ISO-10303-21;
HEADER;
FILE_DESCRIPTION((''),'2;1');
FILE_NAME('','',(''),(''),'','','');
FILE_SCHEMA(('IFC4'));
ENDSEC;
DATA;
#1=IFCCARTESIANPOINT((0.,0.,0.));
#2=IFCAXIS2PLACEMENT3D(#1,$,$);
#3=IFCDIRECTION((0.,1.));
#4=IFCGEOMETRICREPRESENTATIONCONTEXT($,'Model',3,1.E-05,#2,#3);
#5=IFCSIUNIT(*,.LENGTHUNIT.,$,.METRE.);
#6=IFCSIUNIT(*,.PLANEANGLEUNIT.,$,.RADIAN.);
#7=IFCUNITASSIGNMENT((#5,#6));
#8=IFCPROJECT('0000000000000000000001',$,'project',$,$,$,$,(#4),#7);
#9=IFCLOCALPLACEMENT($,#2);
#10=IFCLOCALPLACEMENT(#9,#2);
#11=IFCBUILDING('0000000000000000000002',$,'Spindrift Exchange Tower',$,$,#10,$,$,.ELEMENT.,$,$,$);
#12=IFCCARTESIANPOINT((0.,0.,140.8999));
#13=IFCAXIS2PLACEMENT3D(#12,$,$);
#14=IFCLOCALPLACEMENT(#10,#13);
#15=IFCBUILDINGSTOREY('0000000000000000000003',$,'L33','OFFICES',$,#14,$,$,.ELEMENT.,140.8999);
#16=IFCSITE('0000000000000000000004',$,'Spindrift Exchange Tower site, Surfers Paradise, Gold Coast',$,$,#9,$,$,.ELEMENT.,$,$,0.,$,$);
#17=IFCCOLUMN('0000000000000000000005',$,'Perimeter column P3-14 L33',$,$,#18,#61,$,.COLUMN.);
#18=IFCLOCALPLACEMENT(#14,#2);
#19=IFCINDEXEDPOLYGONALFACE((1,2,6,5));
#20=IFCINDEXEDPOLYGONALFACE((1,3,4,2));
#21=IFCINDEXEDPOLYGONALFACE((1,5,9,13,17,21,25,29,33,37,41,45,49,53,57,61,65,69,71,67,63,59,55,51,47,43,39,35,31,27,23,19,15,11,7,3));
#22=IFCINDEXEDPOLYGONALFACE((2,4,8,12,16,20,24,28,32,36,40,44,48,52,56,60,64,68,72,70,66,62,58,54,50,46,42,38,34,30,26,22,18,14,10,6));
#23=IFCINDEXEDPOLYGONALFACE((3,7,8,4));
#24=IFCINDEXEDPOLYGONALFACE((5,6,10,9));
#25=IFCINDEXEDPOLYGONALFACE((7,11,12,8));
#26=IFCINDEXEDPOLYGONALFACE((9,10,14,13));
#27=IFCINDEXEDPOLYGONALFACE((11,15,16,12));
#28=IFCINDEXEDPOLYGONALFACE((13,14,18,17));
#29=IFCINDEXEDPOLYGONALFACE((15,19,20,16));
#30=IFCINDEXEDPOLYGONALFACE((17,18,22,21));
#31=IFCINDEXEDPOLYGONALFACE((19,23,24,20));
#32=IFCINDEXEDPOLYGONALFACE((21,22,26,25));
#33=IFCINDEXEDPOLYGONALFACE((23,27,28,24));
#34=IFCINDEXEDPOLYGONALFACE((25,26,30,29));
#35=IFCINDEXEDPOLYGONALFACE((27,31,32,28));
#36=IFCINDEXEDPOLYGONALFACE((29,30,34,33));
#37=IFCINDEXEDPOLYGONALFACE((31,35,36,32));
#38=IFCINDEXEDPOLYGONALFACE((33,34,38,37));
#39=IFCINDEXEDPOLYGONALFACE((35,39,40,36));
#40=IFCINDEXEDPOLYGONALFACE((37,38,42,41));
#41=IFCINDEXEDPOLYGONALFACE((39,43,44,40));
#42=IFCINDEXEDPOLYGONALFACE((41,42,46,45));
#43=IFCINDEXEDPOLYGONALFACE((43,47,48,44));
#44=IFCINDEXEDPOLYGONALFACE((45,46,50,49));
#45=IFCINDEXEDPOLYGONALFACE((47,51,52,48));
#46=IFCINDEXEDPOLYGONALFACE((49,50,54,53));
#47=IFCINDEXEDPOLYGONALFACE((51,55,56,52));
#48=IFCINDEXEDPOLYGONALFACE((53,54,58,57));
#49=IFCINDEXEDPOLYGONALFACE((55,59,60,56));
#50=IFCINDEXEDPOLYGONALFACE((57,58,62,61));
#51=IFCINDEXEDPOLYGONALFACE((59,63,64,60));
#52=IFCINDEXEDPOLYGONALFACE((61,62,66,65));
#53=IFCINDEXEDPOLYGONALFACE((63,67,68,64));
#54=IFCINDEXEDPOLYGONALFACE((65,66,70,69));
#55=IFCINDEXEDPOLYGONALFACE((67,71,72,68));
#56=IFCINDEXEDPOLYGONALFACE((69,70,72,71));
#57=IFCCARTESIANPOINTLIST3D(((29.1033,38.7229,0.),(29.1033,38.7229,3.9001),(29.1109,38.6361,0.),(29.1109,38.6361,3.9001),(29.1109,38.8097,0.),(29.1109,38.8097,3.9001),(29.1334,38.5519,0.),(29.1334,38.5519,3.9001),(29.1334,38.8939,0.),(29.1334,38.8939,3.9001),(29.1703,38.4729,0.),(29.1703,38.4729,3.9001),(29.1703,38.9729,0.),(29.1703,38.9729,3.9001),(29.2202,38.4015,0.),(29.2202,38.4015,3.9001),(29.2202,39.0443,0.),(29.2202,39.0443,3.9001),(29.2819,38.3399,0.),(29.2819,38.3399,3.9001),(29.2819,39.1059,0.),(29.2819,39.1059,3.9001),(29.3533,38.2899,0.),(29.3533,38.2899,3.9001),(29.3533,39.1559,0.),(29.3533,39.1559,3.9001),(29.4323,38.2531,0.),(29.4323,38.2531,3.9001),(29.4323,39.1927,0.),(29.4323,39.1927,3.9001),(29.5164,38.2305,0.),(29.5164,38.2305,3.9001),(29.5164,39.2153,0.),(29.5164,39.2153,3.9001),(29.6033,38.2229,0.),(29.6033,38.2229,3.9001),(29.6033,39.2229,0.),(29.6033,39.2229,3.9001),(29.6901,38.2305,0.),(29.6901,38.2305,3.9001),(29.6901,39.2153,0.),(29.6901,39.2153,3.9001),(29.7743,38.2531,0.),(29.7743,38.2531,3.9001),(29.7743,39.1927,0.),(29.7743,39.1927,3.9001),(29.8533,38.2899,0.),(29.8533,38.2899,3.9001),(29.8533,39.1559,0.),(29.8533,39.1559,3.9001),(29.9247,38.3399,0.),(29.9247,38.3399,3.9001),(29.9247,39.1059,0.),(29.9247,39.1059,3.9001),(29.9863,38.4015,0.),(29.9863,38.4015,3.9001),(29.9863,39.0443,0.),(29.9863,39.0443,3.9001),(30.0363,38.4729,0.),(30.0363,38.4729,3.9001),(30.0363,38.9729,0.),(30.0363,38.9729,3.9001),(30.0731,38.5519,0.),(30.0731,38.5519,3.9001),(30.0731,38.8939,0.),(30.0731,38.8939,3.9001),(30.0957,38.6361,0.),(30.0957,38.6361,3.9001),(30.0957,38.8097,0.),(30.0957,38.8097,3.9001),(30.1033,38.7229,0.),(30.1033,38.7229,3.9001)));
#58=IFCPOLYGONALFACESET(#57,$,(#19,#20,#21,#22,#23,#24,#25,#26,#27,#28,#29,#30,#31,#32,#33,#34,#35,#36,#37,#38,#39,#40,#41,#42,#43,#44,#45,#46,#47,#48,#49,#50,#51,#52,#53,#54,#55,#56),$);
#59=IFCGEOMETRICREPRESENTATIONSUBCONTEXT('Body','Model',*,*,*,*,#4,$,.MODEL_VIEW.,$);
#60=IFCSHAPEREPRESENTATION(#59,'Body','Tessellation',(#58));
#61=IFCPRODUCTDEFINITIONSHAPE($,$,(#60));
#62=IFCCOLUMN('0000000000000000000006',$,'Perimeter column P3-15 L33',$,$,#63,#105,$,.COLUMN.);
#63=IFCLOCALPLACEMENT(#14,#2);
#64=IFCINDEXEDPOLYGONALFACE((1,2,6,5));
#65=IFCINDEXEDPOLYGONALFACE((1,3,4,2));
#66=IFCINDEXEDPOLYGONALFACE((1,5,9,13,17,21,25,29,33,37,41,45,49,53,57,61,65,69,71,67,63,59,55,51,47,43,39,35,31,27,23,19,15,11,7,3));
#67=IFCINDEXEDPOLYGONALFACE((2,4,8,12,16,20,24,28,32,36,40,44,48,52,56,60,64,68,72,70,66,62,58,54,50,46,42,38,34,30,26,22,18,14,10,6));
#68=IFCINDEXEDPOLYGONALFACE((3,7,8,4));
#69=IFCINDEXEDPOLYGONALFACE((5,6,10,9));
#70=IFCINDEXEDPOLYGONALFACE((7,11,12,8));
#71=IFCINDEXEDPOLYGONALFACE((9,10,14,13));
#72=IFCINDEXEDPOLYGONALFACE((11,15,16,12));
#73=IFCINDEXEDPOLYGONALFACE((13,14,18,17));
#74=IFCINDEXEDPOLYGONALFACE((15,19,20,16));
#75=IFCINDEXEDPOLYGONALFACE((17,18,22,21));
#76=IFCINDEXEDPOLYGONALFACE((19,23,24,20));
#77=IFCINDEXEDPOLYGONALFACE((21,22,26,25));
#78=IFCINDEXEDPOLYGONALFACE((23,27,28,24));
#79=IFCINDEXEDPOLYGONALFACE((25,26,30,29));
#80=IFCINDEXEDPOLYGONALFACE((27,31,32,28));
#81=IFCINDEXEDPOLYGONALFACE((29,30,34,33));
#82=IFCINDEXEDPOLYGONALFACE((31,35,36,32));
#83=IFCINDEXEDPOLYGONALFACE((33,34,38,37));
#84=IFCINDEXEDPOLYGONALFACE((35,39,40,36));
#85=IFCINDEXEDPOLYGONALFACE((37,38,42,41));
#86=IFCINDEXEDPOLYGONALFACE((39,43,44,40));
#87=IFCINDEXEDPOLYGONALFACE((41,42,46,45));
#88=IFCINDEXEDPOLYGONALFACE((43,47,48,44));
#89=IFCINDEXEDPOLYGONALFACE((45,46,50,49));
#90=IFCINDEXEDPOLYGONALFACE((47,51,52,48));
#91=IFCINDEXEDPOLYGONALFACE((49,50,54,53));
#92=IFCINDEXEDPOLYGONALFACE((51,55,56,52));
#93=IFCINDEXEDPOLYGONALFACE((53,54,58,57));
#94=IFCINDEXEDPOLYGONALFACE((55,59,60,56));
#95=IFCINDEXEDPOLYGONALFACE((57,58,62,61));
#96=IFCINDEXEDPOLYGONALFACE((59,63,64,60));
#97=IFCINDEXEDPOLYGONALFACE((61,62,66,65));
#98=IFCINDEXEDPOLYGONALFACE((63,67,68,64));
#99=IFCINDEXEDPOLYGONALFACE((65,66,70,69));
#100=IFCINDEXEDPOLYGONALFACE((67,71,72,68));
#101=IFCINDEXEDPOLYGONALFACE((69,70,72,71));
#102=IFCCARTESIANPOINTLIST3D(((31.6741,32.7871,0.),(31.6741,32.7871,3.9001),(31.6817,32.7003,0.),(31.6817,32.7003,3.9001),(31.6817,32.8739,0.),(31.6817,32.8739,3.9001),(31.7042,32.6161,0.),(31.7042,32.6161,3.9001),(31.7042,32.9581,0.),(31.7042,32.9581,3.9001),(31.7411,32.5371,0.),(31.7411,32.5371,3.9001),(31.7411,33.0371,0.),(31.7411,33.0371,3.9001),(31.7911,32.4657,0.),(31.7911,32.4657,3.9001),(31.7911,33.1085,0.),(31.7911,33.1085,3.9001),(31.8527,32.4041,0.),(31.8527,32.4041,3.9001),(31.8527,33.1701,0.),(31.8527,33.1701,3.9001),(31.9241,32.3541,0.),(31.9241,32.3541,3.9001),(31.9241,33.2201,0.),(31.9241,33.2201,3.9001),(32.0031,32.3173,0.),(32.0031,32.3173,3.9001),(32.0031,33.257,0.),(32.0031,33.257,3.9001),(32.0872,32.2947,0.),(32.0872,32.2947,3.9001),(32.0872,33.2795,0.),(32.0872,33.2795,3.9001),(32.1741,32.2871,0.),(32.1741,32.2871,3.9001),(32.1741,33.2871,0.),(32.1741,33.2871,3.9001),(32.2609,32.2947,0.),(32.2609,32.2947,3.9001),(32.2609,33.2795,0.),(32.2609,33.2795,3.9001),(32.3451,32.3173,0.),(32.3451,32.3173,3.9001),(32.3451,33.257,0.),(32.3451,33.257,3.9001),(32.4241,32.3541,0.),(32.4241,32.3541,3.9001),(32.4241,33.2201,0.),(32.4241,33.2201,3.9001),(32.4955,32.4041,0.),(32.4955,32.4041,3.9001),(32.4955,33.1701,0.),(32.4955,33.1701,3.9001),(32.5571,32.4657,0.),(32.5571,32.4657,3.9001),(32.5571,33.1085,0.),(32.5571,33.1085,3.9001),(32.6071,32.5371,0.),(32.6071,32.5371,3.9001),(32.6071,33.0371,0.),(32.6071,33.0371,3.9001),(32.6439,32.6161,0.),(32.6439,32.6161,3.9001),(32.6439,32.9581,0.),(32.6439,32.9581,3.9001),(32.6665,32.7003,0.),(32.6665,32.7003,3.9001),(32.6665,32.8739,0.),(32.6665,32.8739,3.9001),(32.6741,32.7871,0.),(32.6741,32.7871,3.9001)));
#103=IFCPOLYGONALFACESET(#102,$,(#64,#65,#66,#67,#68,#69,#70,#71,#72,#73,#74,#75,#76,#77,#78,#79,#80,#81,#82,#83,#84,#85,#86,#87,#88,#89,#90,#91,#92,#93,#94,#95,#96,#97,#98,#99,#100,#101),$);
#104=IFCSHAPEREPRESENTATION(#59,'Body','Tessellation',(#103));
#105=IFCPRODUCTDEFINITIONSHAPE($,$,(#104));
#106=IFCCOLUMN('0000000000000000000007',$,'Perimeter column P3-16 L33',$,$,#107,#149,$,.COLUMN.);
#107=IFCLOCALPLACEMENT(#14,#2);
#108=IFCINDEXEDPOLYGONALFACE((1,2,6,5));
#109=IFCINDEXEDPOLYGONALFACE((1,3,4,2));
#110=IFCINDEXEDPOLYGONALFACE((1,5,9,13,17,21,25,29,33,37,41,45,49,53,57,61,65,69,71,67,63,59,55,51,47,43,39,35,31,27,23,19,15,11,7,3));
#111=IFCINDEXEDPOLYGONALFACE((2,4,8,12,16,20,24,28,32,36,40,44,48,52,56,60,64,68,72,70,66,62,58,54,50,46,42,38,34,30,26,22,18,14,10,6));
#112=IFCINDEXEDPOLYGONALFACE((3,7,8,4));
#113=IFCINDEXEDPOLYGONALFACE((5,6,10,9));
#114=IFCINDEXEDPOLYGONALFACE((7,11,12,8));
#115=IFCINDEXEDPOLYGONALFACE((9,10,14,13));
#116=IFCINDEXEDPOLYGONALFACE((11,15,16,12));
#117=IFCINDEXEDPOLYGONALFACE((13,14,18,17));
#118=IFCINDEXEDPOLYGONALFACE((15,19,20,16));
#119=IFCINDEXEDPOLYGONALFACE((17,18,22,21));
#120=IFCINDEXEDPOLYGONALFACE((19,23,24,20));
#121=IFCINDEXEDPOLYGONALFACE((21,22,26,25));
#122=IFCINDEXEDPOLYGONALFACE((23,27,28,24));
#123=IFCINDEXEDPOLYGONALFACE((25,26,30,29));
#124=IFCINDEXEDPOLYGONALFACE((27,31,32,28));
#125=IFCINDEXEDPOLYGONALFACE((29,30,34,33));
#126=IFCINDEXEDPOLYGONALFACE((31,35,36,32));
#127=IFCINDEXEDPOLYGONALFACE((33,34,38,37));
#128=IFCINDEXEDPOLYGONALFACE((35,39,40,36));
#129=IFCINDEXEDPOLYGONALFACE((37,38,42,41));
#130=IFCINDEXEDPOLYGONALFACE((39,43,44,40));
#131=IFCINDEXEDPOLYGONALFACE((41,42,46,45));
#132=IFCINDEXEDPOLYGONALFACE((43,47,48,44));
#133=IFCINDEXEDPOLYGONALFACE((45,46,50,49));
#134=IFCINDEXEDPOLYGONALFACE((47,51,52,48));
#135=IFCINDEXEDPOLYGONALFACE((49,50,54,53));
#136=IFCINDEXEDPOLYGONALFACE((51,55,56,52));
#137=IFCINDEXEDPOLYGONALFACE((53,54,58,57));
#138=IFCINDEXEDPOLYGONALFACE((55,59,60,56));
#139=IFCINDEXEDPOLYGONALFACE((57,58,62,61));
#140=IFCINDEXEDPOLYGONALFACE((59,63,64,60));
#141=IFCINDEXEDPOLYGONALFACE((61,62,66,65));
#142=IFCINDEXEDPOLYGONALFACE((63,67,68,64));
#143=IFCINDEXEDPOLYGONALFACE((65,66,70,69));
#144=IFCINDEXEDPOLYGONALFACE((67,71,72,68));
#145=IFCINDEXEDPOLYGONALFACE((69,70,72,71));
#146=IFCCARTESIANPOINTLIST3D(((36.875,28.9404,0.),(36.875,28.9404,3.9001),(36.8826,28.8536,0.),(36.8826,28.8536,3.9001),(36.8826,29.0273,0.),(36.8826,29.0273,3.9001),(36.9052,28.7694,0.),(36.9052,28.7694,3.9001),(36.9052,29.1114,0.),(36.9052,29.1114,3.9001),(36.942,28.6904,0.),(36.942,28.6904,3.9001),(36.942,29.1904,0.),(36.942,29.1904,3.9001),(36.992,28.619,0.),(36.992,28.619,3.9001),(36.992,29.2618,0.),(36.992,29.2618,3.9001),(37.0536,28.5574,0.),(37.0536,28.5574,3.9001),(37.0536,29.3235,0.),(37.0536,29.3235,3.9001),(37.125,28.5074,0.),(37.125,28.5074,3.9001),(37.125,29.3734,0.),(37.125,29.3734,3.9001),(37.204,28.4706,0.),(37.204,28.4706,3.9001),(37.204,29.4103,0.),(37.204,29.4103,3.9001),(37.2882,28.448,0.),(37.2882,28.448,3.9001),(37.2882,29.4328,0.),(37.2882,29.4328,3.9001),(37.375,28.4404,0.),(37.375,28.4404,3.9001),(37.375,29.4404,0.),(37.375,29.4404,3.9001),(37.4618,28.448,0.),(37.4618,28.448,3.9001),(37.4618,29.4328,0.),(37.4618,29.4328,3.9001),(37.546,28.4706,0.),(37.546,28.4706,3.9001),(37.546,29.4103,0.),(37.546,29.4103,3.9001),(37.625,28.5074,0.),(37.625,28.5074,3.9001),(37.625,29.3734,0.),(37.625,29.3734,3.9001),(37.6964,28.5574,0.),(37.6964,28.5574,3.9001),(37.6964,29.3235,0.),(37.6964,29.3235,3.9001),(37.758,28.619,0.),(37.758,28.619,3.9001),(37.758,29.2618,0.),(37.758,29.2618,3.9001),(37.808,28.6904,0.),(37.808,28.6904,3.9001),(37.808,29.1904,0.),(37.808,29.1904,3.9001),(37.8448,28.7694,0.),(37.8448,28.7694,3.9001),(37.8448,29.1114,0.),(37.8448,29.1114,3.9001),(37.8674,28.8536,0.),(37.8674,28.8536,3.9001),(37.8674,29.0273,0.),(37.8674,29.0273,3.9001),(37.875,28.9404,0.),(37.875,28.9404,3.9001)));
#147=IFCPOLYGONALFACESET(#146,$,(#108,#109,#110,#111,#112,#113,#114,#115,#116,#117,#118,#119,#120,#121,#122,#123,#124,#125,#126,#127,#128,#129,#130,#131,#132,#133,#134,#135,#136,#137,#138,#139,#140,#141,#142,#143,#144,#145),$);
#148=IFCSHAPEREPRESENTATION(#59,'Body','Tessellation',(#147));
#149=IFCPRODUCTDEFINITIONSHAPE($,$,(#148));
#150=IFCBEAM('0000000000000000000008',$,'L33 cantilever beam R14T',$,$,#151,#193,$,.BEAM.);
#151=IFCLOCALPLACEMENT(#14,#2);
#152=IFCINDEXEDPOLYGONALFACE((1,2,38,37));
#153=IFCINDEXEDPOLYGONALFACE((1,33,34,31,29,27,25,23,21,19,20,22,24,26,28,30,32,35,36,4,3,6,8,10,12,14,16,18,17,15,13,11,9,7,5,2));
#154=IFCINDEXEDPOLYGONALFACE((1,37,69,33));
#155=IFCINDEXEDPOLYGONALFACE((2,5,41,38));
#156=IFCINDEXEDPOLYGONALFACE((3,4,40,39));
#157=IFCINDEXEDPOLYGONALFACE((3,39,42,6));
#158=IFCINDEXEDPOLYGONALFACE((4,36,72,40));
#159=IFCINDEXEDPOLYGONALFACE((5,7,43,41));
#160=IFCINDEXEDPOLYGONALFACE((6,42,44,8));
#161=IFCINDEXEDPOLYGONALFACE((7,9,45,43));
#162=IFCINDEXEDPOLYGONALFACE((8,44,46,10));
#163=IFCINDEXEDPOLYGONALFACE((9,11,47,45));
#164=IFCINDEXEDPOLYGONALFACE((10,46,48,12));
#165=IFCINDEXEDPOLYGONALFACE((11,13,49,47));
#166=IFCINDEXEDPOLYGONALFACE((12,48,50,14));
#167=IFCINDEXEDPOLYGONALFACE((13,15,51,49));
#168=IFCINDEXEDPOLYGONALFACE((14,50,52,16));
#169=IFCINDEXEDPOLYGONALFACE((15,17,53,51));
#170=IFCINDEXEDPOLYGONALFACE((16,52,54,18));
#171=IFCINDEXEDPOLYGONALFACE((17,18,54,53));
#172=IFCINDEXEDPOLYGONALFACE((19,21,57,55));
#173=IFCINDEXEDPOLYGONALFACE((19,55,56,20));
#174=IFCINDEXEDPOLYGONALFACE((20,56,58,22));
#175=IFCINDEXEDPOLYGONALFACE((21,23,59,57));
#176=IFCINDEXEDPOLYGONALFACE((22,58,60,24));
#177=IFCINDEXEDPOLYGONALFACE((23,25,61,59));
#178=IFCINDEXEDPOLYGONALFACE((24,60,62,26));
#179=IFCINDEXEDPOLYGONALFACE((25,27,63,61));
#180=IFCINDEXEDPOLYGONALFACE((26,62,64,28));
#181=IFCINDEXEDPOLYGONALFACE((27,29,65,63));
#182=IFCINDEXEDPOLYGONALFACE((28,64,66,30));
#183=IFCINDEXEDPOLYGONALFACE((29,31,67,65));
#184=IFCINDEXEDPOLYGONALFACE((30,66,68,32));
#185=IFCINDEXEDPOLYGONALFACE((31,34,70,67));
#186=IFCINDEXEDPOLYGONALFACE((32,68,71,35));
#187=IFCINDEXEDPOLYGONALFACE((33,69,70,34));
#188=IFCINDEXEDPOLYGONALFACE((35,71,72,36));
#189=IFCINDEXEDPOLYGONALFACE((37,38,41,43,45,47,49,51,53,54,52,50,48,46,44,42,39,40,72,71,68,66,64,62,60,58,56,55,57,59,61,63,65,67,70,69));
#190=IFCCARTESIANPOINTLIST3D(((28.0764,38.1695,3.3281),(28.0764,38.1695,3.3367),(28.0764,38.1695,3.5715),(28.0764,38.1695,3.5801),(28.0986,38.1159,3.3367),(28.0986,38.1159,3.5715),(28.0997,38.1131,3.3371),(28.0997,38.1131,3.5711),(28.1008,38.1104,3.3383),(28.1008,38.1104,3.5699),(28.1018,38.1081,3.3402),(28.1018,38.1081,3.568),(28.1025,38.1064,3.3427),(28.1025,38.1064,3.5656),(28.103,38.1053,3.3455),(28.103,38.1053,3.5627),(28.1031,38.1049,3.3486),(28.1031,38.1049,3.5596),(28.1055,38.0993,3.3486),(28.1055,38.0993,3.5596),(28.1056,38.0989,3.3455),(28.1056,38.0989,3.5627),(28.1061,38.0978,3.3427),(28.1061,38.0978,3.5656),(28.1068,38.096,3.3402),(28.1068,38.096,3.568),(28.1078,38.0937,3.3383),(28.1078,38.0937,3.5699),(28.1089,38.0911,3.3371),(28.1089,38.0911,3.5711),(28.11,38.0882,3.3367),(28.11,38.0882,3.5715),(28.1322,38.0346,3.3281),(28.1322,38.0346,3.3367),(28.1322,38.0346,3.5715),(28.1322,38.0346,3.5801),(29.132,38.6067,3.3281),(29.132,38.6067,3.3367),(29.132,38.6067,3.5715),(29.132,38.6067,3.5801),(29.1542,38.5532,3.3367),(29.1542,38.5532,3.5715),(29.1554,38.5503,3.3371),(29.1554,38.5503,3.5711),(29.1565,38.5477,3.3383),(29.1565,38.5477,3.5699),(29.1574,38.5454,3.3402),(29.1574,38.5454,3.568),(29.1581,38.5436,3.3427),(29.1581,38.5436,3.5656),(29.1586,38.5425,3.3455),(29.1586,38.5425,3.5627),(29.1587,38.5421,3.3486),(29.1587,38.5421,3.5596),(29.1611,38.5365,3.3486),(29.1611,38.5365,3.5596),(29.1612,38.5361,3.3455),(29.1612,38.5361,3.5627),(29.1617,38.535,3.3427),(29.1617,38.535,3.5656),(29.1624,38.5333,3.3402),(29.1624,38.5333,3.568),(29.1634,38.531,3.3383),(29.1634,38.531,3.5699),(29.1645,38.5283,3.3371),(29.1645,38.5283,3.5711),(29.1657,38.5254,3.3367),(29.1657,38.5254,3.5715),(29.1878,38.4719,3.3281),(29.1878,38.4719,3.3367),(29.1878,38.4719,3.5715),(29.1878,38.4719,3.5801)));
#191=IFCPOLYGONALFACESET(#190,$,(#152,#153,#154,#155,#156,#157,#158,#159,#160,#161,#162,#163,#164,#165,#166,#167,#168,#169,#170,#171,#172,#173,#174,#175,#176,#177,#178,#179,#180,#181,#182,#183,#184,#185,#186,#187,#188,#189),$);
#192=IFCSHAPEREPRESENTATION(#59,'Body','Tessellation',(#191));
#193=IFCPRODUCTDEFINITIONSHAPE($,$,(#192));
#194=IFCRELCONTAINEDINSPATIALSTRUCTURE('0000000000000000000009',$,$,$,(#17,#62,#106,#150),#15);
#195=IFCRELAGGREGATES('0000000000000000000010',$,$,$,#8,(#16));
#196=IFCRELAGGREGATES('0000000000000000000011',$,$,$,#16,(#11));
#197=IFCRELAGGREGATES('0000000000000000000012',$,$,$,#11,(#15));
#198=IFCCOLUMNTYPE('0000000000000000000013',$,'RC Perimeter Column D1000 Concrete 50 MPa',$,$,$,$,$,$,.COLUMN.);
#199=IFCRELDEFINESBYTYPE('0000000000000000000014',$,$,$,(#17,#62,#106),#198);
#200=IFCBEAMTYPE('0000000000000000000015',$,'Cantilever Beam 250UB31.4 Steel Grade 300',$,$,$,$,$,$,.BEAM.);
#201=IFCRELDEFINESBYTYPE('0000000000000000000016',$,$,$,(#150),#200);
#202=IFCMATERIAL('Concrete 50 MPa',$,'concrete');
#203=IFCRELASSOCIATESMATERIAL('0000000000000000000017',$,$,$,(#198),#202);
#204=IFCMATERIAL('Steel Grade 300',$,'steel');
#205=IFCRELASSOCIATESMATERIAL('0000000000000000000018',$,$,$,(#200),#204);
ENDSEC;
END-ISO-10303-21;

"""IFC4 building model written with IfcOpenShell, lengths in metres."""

from ifc_helpers import new_model, si_unit, direction, frame, origin, origin_2d, place, context, subcontext, project, spatial, circle, i_section, extrude, source, transform, mapped, material, material_profile, profile_set, type_object, element, save


model = new_model("IFC4")

# Units and contexts
model_context = context("Model", 3, precision=1e-05, world=origin(), true_north=direction((0.0, 1.0)))
body_context = subcontext(model_context, "Body", "Model", "MODEL_VIEW")
ifc_project = project(units=[si_unit("LENGTHUNIT", "METRE"), si_unit("PLANEANGLEUNIT", "RADIAN")], contexts=[model_context])

# Site, building, storey
site_placement = place(None, origin())
site = spatial("IfcSite", under=ifc_project, at=site_placement, Name="Spindrift Exchange Tower site, Surfers Paradise, Gold Coast", CompositionType="ELEMENT", RefElevation=0.0)
building_placement = place(site_placement, origin())
building = spatial("IfcBuilding", under=site, at=building_placement, Name="Spindrift Exchange Tower", CompositionType="ELEMENT")
storey_placement = place(building_placement, frame((0.0, 0.0, 140.8999)))
storey = spatial("IfcBuildingStorey", under=building, at=storey_placement, Name="L33", Description="OFFICES", CompositionType="ELEMENT", Elevation=140.8999)

# Columns
ifc_material_1 = material(Name="Concrete 50 MPa", Category="concrete")
ifc_material_profile_1 = material_profile(ifc_material_1, circle(Radius=0.5, at=origin_2d()), Name="RC D1000")
ifc_profile_set_1 = profile_set([ifc_material_profile_1], Name="Concrete 50 MPa")
column_type = type_object("IfcColumnType", Name="RC Perimeter Column D1000 Concrete 50 MPa", PredefinedType="COLUMN", material=ifc_profile_set_1)
shared_shape_1 = source(origin(), body_context, "Body", "SweptSolid", [
    extrude(circle(Radius=0.5, at=origin_2d()), origin(), (0.0, 0.0, 1.0), 3.9001),
])
for number, where, z_axis, x_axis, name in (
    (1, (29.6033, 38.7229, 0.0), (0.0, 0.0, 1.0), (1.0, 0.0, 0.0), "Perimeter column P3-14 L33"),
    (2, (32.1741, 32.7871, 0.0), (0.0, 0.0, 1.0), (1.0, 0.0, 0.0), "Perimeter column P3-15 L33"),
    (3, (37.375, 28.9404, 0.0), (0.0, 0.0, 1.0), (1.0, 0.0, 0.0), "Perimeter column P3-16 L33"),
):
    element("IfcColumn", number, at=place(storey_placement, frame(where, z_axis=z_axis, x_axis=x_axis)), inside=storey, type_object=column_type, Name=name, PredefinedType="COLUMN", context=body_context, shape_type="MappedRepresentation", body=[
        mapped(shared_shape_1, transform((0.0, 0.0, 0.0), scale=1.0)),
    ])

# Beam
ifc_material_2 = material(Name="Steel Grade 300", Category="steel")
ifc_material_profile_2 = material_profile(ifc_material_2, i_section(OverallWidth=0.146, OverallDepth=0.252, WebThickness=0.0061, FlangeThickness=0.0085, FilletRadius=0.012, at=origin_2d()), Name="250UB31.4")
ifc_profile_set_2 = profile_set([ifc_material_profile_2], Name="Steel Grade 300")
beam_type_1 = type_object("IfcBeamType", Name="Cantilever Beam 250UB31.4 Steel Grade 300", PredefinedType="BEAM", material=ifc_profile_set_2)
shared_shape_2 = source(origin(), body_context, "Body", "SweptSolid", [
    extrude(i_section(OverallWidth=0.146, OverallDepth=0.252, WebThickness=0.0061, FlangeThickness=0.0085, FilletRadius=0.012, at=origin_2d()), origin(), (0.0, 0.0, 1.0), 1.1426),
])
beam_1_placement = place(storey_placement, frame((29.1599, 38.5393, 3.4541), z_axis=(-0.923884, -0.382673, 0.0), x_axis=(0.382673, -0.923884, 0.0)))
element("IfcBeam", 4, at=beam_1_placement, inside=storey, type_object=beam_type_1, Name="L33 cantilever beam R14T", PredefinedType="BEAM", context=body_context, shape_type="MappedRepresentation", body=[
    mapped(shared_shape_2, transform((0.0, 0.0, 0.0), scale=1.0)),
])

save(model, "model.ifc")
